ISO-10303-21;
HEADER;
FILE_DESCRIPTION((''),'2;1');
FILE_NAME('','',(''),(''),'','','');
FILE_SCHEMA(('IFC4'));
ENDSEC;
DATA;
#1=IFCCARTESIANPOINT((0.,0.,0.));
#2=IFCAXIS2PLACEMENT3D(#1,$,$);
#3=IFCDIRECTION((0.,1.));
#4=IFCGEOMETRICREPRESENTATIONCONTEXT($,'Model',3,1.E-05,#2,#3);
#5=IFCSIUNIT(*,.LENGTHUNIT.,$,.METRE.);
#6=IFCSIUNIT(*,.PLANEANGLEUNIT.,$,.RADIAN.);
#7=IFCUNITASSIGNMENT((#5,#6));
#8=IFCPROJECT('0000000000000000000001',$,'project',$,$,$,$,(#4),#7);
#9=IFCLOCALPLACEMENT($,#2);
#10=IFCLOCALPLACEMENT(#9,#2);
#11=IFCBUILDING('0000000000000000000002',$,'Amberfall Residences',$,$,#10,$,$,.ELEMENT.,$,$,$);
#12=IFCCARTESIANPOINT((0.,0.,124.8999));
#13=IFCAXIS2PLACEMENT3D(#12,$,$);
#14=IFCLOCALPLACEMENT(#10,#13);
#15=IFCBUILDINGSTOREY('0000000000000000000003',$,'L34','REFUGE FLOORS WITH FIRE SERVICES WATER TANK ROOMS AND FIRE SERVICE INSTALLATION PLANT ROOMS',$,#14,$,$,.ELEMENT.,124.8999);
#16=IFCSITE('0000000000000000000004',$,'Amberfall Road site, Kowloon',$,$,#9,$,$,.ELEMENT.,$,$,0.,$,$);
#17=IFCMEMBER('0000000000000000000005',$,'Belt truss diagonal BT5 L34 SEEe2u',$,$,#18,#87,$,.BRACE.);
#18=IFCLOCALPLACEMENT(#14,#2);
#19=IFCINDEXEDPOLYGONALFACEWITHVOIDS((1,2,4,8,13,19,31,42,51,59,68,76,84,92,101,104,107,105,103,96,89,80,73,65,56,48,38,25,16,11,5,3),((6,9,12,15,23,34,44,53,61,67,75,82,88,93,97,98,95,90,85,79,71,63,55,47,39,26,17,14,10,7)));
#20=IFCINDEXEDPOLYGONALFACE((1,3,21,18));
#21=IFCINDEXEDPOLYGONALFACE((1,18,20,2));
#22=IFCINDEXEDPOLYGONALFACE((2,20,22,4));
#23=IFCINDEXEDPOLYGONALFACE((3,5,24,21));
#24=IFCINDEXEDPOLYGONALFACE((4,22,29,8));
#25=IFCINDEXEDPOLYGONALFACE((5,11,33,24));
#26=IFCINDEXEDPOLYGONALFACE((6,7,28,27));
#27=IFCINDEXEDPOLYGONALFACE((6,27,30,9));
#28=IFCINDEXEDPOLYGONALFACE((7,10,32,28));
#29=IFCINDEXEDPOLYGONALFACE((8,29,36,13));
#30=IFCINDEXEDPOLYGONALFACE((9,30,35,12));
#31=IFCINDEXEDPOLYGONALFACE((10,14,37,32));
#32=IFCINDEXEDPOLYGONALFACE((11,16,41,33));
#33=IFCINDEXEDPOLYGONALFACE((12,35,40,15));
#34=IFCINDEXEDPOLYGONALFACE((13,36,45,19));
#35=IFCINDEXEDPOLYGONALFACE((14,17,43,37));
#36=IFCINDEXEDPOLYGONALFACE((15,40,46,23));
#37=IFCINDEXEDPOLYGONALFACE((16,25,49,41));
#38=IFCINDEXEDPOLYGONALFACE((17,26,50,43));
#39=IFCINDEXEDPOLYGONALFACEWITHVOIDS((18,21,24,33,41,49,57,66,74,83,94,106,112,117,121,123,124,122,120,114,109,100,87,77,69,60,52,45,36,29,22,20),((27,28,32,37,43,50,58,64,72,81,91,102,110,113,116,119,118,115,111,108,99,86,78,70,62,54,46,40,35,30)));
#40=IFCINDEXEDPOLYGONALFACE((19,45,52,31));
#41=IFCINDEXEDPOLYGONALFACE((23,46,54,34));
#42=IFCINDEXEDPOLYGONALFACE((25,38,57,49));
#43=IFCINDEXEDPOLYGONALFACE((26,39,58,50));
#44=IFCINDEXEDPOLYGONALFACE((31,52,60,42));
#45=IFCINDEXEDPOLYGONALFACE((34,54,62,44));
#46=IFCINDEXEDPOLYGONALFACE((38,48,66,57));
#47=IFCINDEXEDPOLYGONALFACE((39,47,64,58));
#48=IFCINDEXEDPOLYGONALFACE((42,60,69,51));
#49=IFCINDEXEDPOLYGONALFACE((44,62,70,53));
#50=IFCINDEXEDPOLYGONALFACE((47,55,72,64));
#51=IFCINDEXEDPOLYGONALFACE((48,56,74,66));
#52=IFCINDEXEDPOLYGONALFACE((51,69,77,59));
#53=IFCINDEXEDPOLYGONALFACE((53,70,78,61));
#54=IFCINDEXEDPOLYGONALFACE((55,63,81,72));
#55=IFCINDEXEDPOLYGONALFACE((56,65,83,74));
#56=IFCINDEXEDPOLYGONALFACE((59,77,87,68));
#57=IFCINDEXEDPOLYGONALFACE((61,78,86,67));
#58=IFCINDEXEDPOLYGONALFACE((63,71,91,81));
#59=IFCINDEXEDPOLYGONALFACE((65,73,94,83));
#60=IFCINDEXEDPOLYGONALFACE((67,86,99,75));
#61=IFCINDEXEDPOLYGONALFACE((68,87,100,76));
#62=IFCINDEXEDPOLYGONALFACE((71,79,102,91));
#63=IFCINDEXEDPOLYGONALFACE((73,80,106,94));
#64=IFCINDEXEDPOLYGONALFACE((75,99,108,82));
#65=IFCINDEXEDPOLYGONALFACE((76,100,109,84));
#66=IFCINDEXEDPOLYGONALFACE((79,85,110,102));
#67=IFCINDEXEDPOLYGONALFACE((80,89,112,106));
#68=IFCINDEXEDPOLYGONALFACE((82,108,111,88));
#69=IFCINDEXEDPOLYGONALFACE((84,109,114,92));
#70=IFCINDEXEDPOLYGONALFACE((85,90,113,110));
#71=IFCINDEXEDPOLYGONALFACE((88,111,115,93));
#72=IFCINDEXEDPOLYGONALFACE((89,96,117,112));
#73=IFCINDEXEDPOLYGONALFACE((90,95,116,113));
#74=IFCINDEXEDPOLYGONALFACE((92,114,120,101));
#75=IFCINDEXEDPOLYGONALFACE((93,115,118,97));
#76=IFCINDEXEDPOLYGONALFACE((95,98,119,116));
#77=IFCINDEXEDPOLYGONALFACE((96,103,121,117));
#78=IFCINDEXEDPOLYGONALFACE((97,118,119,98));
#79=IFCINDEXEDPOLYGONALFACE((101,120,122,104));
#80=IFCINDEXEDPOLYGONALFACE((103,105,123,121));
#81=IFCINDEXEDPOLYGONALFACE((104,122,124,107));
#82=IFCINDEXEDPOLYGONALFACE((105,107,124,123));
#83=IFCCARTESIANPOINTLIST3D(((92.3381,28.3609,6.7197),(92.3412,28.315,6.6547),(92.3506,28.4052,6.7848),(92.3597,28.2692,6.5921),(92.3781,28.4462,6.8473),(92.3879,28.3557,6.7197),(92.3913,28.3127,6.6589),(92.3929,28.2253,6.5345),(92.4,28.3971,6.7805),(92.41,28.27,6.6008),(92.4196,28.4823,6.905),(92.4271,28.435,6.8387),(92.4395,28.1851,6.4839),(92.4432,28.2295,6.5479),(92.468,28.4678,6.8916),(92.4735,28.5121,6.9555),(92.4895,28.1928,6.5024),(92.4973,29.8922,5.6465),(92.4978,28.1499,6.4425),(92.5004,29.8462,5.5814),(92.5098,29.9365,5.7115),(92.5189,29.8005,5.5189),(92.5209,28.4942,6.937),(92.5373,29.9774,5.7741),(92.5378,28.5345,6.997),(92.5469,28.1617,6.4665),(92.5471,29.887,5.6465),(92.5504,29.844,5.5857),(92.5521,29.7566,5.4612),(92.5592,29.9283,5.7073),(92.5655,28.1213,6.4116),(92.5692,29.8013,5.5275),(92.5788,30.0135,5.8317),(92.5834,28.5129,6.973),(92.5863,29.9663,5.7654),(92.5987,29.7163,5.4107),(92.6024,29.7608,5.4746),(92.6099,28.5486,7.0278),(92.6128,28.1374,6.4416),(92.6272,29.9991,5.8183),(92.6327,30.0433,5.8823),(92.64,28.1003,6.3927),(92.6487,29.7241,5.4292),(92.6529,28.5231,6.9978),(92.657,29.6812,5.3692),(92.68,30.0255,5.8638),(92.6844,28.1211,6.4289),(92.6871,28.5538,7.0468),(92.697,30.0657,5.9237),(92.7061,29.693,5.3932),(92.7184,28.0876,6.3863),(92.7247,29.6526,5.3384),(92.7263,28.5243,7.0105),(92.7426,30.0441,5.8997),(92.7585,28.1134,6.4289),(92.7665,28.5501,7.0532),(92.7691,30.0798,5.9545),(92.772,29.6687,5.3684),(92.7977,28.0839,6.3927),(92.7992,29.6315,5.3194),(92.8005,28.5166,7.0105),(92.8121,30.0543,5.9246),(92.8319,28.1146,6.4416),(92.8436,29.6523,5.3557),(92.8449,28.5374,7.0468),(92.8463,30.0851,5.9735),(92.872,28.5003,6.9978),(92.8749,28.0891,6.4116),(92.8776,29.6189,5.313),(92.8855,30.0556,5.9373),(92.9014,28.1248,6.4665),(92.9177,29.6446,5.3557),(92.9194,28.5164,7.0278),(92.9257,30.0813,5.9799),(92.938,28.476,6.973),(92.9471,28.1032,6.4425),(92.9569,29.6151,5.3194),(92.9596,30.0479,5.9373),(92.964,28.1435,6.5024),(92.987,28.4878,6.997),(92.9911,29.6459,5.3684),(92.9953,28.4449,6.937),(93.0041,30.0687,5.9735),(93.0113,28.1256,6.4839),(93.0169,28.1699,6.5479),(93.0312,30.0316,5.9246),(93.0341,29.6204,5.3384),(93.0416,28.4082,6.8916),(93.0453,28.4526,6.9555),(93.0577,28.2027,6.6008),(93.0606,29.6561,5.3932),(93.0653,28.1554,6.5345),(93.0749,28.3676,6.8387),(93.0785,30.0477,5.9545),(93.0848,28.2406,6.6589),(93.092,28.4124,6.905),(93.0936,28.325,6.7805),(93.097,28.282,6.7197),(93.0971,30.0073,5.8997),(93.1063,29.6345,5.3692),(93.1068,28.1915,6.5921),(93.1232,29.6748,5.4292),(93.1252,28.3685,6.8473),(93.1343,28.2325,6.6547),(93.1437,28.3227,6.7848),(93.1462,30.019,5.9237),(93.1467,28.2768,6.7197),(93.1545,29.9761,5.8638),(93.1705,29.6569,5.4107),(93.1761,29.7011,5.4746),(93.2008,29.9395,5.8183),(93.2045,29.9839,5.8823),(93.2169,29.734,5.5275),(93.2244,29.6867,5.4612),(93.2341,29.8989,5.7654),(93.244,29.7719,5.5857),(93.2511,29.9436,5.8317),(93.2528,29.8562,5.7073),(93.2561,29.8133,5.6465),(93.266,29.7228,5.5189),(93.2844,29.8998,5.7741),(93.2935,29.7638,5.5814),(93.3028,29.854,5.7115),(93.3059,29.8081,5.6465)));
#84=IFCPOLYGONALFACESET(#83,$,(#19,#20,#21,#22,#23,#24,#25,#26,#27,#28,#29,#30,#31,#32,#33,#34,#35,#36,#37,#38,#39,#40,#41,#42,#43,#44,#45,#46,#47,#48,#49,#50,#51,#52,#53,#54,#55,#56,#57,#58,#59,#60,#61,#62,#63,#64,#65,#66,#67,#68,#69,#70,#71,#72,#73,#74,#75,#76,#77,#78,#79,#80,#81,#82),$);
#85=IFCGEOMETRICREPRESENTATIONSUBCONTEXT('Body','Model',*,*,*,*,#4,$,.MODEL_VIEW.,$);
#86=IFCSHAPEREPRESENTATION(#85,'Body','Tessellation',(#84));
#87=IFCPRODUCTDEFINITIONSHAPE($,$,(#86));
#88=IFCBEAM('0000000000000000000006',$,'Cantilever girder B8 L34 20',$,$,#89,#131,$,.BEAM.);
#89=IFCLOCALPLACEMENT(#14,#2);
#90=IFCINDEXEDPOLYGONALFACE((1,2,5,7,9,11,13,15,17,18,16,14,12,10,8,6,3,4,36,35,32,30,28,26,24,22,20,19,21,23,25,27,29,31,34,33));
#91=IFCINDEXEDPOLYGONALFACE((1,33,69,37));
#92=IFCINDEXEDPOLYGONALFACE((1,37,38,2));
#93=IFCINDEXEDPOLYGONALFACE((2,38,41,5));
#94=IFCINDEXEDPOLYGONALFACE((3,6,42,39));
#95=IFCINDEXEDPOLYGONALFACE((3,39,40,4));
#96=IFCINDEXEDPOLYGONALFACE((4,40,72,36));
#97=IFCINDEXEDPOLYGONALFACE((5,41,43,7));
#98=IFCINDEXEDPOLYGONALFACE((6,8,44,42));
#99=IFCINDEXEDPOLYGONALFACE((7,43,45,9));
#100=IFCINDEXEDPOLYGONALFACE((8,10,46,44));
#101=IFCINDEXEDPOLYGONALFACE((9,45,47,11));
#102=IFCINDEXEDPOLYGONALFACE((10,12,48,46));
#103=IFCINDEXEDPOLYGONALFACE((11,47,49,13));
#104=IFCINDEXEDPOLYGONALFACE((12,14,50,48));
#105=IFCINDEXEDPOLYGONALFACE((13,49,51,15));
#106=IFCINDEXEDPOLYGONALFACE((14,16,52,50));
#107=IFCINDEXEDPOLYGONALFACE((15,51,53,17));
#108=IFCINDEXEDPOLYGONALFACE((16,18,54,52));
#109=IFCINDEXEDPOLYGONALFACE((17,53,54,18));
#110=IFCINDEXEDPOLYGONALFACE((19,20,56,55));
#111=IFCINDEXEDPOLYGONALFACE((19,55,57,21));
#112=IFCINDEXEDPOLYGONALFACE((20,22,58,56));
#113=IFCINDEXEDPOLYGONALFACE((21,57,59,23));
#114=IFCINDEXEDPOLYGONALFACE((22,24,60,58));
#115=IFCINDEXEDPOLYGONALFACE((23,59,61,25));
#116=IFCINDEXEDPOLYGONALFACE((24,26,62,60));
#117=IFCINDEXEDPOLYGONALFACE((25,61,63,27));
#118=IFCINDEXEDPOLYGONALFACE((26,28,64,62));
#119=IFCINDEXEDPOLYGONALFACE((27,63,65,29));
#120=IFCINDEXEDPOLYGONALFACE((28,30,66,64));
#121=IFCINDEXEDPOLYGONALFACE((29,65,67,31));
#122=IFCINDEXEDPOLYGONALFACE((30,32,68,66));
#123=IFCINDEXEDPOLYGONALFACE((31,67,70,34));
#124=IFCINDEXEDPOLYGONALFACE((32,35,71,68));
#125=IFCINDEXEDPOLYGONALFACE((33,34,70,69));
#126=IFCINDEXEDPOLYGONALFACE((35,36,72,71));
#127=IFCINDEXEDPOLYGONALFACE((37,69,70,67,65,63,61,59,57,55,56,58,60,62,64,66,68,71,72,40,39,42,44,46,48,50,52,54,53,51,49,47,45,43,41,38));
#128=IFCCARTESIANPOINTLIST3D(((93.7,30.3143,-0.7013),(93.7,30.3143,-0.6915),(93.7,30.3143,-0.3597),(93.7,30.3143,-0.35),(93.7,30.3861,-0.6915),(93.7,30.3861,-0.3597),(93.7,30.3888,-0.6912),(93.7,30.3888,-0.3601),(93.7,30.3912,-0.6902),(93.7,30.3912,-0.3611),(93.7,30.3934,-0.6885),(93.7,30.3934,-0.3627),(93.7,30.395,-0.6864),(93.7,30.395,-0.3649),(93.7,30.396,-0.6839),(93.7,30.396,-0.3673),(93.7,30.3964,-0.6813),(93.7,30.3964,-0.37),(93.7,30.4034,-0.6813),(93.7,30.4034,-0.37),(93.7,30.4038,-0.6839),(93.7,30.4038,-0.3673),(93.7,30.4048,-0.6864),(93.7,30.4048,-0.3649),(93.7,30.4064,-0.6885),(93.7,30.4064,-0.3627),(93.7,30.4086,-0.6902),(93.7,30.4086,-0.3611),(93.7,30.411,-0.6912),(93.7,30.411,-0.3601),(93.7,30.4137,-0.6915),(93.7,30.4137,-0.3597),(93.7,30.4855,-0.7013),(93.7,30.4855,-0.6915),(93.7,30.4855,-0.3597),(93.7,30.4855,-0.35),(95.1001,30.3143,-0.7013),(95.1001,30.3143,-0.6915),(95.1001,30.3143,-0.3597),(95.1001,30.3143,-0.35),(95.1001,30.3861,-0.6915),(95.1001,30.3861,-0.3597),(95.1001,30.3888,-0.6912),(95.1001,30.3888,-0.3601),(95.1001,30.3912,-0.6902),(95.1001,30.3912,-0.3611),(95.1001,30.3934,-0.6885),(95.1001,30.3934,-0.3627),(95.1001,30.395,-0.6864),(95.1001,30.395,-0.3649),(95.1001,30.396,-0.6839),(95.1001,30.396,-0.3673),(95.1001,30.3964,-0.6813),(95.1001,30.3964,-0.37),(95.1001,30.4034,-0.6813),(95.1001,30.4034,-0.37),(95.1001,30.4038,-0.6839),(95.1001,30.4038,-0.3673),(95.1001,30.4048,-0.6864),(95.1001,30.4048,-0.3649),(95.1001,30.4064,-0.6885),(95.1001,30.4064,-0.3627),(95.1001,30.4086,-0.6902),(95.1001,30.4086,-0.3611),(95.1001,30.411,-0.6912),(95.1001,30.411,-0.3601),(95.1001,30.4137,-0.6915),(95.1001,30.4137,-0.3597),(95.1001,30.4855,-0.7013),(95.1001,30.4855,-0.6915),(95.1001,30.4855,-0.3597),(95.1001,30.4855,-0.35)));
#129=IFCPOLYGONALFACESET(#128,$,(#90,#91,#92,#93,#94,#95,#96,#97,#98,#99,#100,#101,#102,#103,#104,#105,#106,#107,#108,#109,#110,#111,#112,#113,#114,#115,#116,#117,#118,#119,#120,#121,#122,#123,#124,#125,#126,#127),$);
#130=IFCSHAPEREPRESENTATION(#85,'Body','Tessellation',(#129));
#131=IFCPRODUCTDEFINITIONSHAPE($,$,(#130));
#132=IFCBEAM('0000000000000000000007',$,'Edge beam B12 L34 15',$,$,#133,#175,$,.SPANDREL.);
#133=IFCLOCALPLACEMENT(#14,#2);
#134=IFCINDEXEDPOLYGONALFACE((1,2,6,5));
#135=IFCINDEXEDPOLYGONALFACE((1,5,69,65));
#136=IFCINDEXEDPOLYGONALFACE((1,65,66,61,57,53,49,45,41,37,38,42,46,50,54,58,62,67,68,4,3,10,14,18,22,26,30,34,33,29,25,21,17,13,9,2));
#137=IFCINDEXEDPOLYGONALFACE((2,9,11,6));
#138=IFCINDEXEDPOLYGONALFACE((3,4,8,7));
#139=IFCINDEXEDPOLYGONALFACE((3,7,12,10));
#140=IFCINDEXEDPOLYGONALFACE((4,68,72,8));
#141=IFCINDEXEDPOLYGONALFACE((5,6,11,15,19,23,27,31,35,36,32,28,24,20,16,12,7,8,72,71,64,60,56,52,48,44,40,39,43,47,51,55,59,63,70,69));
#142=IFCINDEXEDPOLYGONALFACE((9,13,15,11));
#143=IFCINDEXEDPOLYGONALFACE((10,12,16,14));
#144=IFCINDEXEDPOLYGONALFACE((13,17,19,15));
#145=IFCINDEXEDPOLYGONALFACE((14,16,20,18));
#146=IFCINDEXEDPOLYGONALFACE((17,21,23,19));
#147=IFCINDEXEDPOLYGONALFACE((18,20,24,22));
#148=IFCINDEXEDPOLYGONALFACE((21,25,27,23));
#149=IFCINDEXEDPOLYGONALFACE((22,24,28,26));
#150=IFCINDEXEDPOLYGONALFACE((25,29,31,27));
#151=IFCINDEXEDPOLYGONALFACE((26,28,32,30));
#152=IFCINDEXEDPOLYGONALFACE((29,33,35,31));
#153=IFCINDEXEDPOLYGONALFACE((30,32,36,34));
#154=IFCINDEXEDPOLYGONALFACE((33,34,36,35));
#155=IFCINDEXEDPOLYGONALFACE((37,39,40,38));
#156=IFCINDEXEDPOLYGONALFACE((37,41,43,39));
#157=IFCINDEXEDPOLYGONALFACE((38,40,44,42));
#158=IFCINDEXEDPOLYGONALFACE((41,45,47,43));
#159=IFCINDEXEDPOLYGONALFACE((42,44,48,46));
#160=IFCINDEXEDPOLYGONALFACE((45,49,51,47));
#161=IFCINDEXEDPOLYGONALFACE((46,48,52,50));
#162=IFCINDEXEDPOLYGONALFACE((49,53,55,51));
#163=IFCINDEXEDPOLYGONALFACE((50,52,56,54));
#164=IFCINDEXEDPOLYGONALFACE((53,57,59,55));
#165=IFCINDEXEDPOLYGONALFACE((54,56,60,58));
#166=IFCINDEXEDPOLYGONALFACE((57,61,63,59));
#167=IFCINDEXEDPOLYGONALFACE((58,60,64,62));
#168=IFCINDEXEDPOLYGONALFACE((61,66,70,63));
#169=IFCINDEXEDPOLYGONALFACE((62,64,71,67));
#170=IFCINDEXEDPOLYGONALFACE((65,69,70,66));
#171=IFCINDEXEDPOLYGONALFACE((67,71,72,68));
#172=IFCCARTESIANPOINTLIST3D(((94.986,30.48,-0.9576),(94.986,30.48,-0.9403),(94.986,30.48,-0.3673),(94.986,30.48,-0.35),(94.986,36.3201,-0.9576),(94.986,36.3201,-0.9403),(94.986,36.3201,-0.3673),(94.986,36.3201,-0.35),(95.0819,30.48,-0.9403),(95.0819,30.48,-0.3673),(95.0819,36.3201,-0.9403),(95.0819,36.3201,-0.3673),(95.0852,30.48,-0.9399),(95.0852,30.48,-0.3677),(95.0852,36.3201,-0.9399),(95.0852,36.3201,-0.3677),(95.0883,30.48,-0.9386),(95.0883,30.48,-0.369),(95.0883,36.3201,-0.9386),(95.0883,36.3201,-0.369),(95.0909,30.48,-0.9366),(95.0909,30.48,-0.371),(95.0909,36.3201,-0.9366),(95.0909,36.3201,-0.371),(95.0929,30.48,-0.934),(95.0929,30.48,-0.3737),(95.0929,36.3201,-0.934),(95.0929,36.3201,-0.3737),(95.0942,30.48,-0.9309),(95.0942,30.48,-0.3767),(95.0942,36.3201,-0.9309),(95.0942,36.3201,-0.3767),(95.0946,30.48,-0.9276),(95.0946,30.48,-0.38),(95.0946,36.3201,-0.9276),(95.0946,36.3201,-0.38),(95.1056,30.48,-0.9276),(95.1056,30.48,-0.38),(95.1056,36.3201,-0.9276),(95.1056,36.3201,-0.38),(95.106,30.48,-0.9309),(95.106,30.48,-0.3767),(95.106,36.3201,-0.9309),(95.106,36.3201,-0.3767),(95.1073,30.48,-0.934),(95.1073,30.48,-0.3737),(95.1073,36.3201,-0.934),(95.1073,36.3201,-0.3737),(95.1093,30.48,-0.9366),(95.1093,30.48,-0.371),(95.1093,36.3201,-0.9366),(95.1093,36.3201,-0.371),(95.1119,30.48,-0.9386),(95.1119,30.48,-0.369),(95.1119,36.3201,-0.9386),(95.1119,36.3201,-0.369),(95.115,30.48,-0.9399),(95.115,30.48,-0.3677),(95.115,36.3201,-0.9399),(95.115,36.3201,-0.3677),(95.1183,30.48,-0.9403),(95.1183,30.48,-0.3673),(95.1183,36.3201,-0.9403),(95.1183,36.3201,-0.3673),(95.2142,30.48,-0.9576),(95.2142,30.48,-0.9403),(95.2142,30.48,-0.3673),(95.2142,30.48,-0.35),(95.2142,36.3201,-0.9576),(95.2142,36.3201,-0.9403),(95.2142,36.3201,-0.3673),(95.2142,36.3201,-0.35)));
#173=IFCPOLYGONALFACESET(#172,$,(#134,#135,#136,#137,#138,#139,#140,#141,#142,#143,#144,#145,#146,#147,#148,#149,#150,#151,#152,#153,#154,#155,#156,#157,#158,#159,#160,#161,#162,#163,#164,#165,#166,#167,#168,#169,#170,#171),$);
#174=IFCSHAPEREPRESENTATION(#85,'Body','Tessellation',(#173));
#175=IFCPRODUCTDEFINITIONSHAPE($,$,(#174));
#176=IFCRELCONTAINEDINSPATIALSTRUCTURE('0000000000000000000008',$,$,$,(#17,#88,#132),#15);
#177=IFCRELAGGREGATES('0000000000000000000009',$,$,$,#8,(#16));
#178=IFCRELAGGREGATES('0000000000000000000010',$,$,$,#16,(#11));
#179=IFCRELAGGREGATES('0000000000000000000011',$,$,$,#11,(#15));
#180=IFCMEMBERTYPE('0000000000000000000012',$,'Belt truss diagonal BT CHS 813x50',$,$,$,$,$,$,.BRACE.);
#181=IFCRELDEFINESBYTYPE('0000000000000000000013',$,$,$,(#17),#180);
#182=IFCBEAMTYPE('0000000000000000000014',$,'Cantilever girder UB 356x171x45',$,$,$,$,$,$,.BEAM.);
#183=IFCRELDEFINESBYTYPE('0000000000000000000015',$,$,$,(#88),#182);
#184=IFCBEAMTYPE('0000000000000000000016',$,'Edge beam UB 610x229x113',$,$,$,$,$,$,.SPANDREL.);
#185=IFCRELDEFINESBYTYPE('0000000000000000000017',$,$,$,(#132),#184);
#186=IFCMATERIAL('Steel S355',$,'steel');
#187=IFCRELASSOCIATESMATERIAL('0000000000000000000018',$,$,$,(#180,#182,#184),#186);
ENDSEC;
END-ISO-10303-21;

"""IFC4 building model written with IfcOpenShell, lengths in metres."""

from ifc_helpers import new_model, si_unit, direction, frame, origin, origin_2d, place, context, subcontext, project, spatial, hollow_circle, i_section, extrude, material, material_profile, profile_set, type_object, element, save


model = new_model("IFC4")

# Units and contexts
model_context = context("Model", 3, precision=1e-05, world=origin(), true_north=direction((0.0, 1.0)))
body_context = subcontext(model_context, "Body", "Model", "MODEL_VIEW")
ifc_project = project(units=[si_unit("LENGTHUNIT", "METRE"), si_unit("PLANEANGLEUNIT", "RADIAN")], contexts=[model_context])

# Site, building, storey
site_placement = place(None, origin())
site = spatial("IfcSite", under=ifc_project, at=site_placement, Name="Amberfall Road site, Kowloon", CompositionType="ELEMENT", RefElevation=0.0)
building_placement = place(site_placement, origin())
building = spatial("IfcBuilding", under=site, at=building_placement, Name="Amberfall Residences", CompositionType="ELEMENT")
storey_placement = place(building_placement, frame((0.0, 0.0, 124.8999)))
storey = spatial("IfcBuildingStorey", under=building, at=storey_placement, Name="L34", Description="REFUGE FLOORS WITH FIRE SERVICES WATER TANK ROOMS AND FIRE SERVICE INSTALLATION PLANT ROOMS", CompositionType="ELEMENT", Elevation=124.8999)

# Shared definitions
ifc_material_1 = material(Name="Steel S355", Category="steel")

# Member
ifc_material_profile_1 = material_profile(ifc_material_1, hollow_circle(Radius=0.4065, WallThickness=0.05, at=origin_2d()), Name="CHS 813x50")
ifc_profile_set_1 = profile_set([ifc_material_profile_1], Name="Steel S355")
member_type_1 = type_object("IfcMemberType", Name="Belt truss diagonal BT CHS 813x50", PredefinedType="BRACE", material=ifc_profile_set_1)
member_1_placement = place(storey_placement, frame((92.7424, 28.3188, 6.7197), z_axis=(0.08482, 0.815937, -0.571885), x_axis=(-0.99464, 0.103397, 0.0)))
element("IfcMember", 1, at=member_1_placement, inside=storey, type_object=member_type_1, Name="Belt truss diagonal BT5 L34 SEEe2u", PredefinedType="BRACE", context=body_context, shape_type="SweptSolid", body=[
    extrude(hollow_circle(Radius=0.4065, WallThickness=0.05, at=origin_2d()), origin(), (0.0, 0.0, 1.0), 1.8767),
])

# Beams
ifc_material_profile_2 = material_profile(ifc_material_1, i_section(OverallWidth=0.1711, OverallDepth=0.3513, WebThickness=0.0071, FlangeThickness=0.0098, FilletRadius=0.0103, at=origin_2d()), Name="UB 356x171x45")
ifc_profile_set_2 = profile_set([ifc_material_profile_2], Name="Steel S355")
beam_type_1 = type_object("IfcBeamType", Name="Cantilever girder UB 356x171x45", PredefinedType="BEAM", material=ifc_profile_set_2)
beam_1_placement = place(storey_placement, frame((93.7, 30.3999, -0.5256), z_axis=(1.0, 0.0, 0.0), x_axis=(0.0, 1.0, 0.0)))
element("IfcBeam", 2, at=beam_1_placement, inside=storey, type_object=beam_type_1, Name="Cantilever girder B8 L34 20", PredefinedType="BEAM", context=body_context, shape_type="SweptSolid", body=[
    extrude(i_section(OverallWidth=0.1711, OverallDepth=0.3513, WebThickness=0.0071, FlangeThickness=0.0098, FilletRadius=0.0103, at=origin_2d()), origin(), (0.0, 0.0, 1.0), 1.4001),
])
ifc_material_profile_3 = material_profile(ifc_material_1, i_section(OverallWidth=0.2283, OverallDepth=0.6077, WebThickness=0.011, FlangeThickness=0.0173, FilletRadius=0.0127, at=origin_2d()), Name="UB 610x229x113")
ifc_profile_set_3 = profile_set([ifc_material_profile_3], Name="Steel S355")
beam_type_2 = type_object("IfcBeamType", Name="Edge beam UB 610x229x113", PredefinedType="SPANDREL", material=ifc_profile_set_3)
beam_2_placement = place(storey_placement, frame((95.1001, 30.48, -0.6538), z_axis=(0.0, 1.0, 0.0), x_axis=(-1.0, 0.0, 0.0)))
element("IfcBeam", 3, at=beam_2_placement, inside=storey, type_object=beam_type_2, Name="Edge beam B12 L34 15", PredefinedType="SPANDREL", context=body_context, shape_type="SweptSolid", body=[
    extrude(i_section(OverallWidth=0.2283, OverallDepth=0.6077, WebThickness=0.011, FlangeThickness=0.0173, FilletRadius=0.0127, at=origin_2d()), origin(), (0.0, 0.0, 1.0), 5.8401),
])

save(model, "model.ifc")
